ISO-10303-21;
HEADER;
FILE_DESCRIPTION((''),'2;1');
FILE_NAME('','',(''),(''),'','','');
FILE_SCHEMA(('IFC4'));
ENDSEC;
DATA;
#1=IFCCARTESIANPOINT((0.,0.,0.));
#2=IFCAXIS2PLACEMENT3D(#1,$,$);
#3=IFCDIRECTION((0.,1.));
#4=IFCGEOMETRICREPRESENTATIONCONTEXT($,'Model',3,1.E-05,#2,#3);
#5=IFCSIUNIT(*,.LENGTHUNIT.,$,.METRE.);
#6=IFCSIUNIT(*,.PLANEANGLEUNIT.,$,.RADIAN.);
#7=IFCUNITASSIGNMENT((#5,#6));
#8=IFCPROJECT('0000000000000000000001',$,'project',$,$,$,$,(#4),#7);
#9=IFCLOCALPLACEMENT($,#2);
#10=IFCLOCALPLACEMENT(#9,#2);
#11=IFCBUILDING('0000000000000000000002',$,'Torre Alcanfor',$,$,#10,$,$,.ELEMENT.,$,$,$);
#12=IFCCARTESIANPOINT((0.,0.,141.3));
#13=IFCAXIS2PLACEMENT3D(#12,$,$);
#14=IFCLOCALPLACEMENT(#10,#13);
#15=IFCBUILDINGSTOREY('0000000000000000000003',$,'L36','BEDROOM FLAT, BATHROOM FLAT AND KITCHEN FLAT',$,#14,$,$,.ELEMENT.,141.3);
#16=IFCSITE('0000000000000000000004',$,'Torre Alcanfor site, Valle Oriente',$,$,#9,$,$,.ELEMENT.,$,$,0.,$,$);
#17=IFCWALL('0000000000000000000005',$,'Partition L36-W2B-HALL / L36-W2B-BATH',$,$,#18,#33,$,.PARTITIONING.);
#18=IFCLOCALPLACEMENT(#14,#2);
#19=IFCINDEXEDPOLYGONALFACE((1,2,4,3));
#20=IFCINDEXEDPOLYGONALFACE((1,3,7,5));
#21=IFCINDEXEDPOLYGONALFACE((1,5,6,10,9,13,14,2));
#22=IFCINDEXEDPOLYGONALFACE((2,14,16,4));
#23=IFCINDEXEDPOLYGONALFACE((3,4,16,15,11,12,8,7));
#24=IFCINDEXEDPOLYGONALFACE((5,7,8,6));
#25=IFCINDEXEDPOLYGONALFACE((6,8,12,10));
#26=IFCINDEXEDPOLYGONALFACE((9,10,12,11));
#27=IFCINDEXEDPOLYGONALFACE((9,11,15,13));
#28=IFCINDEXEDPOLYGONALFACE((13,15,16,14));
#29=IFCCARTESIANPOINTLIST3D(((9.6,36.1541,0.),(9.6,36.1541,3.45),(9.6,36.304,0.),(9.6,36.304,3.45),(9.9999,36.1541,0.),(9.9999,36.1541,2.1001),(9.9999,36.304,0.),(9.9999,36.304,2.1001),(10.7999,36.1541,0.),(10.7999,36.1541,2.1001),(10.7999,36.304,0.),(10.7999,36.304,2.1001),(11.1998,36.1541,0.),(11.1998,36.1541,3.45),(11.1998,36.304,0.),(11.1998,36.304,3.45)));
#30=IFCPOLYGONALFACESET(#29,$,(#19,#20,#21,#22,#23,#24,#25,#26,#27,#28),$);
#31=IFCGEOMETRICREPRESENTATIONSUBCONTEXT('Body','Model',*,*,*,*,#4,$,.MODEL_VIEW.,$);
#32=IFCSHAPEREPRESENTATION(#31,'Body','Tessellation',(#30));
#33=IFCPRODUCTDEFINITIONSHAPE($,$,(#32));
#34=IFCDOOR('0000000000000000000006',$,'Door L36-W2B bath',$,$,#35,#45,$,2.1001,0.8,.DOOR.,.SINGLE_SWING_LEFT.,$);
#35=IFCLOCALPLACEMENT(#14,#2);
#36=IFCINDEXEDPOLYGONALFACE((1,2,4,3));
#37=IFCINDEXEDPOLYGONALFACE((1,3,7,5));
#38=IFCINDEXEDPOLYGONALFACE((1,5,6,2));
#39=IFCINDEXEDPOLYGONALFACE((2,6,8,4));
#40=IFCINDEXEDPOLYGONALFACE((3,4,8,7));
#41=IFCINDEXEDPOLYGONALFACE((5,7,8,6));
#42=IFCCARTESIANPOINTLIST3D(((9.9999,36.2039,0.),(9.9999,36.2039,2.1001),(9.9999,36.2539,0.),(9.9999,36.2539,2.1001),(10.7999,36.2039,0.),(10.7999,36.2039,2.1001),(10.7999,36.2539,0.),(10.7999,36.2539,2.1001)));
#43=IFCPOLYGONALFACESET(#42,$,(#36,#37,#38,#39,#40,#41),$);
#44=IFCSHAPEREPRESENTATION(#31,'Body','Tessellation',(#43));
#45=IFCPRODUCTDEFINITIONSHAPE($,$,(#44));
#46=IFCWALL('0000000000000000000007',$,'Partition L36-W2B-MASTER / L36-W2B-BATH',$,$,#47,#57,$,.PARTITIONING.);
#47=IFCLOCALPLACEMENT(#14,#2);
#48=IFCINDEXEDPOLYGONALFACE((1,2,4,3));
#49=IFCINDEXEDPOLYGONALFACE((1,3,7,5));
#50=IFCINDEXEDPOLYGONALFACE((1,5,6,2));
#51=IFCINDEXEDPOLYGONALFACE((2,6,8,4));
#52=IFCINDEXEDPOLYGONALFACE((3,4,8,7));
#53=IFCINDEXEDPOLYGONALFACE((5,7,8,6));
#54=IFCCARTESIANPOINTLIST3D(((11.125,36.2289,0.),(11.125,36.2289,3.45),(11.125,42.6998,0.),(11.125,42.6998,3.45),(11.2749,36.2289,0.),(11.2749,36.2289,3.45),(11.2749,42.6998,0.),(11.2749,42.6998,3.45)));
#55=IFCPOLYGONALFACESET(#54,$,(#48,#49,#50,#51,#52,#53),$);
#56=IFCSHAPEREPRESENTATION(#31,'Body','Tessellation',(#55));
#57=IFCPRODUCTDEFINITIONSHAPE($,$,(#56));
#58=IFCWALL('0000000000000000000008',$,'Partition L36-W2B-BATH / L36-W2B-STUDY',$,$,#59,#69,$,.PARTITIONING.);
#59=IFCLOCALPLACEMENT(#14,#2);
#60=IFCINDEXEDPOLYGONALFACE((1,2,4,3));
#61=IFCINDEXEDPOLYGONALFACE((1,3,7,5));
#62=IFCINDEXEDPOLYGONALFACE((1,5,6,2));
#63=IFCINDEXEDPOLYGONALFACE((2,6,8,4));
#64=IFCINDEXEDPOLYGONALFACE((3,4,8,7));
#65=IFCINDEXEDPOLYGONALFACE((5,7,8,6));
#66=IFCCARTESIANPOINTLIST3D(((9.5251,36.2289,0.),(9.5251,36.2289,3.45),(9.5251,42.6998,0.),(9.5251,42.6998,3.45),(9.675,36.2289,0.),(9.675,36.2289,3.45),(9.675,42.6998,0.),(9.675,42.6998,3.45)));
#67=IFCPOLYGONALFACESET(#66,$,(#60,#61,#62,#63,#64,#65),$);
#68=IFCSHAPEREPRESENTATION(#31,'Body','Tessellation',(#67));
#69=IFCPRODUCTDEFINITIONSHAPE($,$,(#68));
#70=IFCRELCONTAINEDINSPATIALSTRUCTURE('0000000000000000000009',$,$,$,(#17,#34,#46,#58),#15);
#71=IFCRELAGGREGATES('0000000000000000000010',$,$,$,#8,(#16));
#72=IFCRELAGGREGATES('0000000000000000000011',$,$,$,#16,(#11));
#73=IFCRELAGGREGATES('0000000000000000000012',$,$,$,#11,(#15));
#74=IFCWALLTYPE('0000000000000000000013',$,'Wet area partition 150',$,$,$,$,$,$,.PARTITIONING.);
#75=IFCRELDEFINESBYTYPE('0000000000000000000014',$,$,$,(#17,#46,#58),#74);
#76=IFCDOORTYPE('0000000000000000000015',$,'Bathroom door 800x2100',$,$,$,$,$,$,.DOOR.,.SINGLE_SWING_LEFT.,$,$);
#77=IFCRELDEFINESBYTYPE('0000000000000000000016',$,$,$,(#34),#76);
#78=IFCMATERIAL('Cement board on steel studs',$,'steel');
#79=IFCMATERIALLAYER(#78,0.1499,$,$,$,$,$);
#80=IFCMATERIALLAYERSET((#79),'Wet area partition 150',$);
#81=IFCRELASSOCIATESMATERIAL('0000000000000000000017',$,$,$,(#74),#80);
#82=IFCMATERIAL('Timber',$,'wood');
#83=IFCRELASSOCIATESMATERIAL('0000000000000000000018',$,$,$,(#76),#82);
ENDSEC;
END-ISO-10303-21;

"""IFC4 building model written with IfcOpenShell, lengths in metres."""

from ifc_helpers import new_model, si_unit, direction, frame, frame_2d, origin, place, context, subcontext, project, spatial, rectangle, extrude, material, layer, layer_set, type_object, element, fill, save


model = new_model("IFC4")

# Units and contexts
model_context = context("Model", 3, precision=1e-05, world=origin(), true_north=direction((0.0, 1.0)))
body_context = subcontext(model_context, "Body", "Model", "MODEL_VIEW")
ifc_project = project(units=[si_unit("LENGTHUNIT", "METRE"), si_unit("PLANEANGLEUNIT", "RADIAN")], contexts=[model_context])

# Site, building, storey
site_placement = place(None, origin())
site = spatial("IfcSite", under=ifc_project, at=site_placement, Name="Torre Alcanfor site, Valle Oriente", CompositionType="ELEMENT", RefElevation=0.0)
building_placement = place(site_placement, origin())
building = spatial("IfcBuilding", under=site, at=building_placement, Name="Torre Alcanfor", CompositionType="ELEMENT")
storey_placement = place(building_placement, frame((0.0, 0.0, 141.3)))
storey = spatial("IfcBuildingStorey", under=building, at=storey_placement, Name="L36", Description="BEDROOM FLAT, BATHROOM FLAT AND KITCHEN FLAT", CompositionType="ELEMENT", Elevation=141.3)

# Wall, opening, door
ifc_material_1 = material(Name="Cement board on steel studs", Category="steel")
ifc_layer_1 = layer(ifc_material_1, 0.1499)
ifc_layer_set_1 = layer_set([ifc_layer_1], Name="Wet area partition 150")
wall_type_1 = type_object("IfcWallType", Name="Wet area partition 150", PredefinedType="PARTITIONING", material=ifc_layer_set_1)
wall_1_placement = place(storey_placement, frame((9.6001, 36.229, 0.0), z_axis=(0.0, 0.0, 1.0), x_axis=(1.0, 0.0, 0.0)))
wall_1 = element("IfcWall", 1, at=wall_1_placement, inside=storey, type_object=wall_type_1, Name="Partition L36-W2B-HALL / L36-W2B-BATH", PredefinedType="PARTITIONING", context=body_context, shape_type="SweptSolid", body=[
    extrude(rectangle(XDim=1.5999, YDim=0.1499, at=frame_2d((0.7998, 0.0))), origin(), (0.0, 0.0, 1.0), 3.45),
])
opening_1_placement = place(wall_1_placement, frame((0.3999, 0.0, 0.0)))
opening_1 = element("IfcOpeningElement", 2, at=opening_1_placement, cuts=wall_1, PredefinedType="OPENING", context=body_context, shape_type="SweptSolid", body=[
    extrude(rectangle(XDim=0.8, YDim=2.1001, at=frame_2d((0.3999, 1.05))), frame((0.0, 0.085, 0.0), z_axis=(0.0, -1.0, 0.0), x_axis=(1.0, 0.0, 0.0)), (0.0, 0.0, 1.0), 0.1699),
])
ifc_material_2 = material(Name="Timber", Category="wood")
door_type_1 = type_object("IfcDoorType", Name="Bathroom door 800x2100", OperationType="SINGLE_SWING_LEFT", PredefinedType="DOOR", material=ifc_material_2)
door_1_placement = place(opening_1_placement, origin())
door_1 = element("IfcDoor", 3, at=door_1_placement, inside=storey, type_object=door_type_1, Name="Door L36-W2B bath", OperationType="SINGLE_SWING_LEFT", OverallHeight=2.1001, OverallWidth=0.8, PredefinedType="DOOR", context=body_context, shape_type="SweptSolid", body=[
    extrude(rectangle(XDim=0.8, YDim=2.1001, at=frame_2d((0.3999, 1.05))), frame((0.0, 0.0249, 0.0), z_axis=(0.0, -1.0, 0.0), x_axis=(1.0, 0.0, 0.0)), (0.0, 0.0, 1.0), 0.05),
])
fill(opening_1, door_1)

# Walls
for number, where, z_axis, x_axis, name in (
    (4, (11.2, 36.229, 0.0), (0.0, 0.0, 1.0), (0.0, 1.0, 0.0), "Partition L36-W2B-MASTER / L36-W2B-BATH"),
    (5, (9.6001, 36.229, 0.0), (0.0, 0.0, 1.0), (0.0, 1.0, 0.0), "Partition L36-W2B-BATH / L36-W2B-STUDY"),
):
    element("IfcWall", number, at=place(storey_placement, frame(where, z_axis=z_axis, x_axis=x_axis)), inside=storey, type_object=wall_type_1, Name=name, PredefinedType="PARTITIONING", context=body_context, shape_type="SweptSolid", body=[
        extrude(rectangle(XDim=6.4709, YDim=0.1499, at=frame_2d((3.2354, 0.0))), origin(), (0.0, 0.0, 1.0), 3.45),
    ])

save(model, "model.ifc")
